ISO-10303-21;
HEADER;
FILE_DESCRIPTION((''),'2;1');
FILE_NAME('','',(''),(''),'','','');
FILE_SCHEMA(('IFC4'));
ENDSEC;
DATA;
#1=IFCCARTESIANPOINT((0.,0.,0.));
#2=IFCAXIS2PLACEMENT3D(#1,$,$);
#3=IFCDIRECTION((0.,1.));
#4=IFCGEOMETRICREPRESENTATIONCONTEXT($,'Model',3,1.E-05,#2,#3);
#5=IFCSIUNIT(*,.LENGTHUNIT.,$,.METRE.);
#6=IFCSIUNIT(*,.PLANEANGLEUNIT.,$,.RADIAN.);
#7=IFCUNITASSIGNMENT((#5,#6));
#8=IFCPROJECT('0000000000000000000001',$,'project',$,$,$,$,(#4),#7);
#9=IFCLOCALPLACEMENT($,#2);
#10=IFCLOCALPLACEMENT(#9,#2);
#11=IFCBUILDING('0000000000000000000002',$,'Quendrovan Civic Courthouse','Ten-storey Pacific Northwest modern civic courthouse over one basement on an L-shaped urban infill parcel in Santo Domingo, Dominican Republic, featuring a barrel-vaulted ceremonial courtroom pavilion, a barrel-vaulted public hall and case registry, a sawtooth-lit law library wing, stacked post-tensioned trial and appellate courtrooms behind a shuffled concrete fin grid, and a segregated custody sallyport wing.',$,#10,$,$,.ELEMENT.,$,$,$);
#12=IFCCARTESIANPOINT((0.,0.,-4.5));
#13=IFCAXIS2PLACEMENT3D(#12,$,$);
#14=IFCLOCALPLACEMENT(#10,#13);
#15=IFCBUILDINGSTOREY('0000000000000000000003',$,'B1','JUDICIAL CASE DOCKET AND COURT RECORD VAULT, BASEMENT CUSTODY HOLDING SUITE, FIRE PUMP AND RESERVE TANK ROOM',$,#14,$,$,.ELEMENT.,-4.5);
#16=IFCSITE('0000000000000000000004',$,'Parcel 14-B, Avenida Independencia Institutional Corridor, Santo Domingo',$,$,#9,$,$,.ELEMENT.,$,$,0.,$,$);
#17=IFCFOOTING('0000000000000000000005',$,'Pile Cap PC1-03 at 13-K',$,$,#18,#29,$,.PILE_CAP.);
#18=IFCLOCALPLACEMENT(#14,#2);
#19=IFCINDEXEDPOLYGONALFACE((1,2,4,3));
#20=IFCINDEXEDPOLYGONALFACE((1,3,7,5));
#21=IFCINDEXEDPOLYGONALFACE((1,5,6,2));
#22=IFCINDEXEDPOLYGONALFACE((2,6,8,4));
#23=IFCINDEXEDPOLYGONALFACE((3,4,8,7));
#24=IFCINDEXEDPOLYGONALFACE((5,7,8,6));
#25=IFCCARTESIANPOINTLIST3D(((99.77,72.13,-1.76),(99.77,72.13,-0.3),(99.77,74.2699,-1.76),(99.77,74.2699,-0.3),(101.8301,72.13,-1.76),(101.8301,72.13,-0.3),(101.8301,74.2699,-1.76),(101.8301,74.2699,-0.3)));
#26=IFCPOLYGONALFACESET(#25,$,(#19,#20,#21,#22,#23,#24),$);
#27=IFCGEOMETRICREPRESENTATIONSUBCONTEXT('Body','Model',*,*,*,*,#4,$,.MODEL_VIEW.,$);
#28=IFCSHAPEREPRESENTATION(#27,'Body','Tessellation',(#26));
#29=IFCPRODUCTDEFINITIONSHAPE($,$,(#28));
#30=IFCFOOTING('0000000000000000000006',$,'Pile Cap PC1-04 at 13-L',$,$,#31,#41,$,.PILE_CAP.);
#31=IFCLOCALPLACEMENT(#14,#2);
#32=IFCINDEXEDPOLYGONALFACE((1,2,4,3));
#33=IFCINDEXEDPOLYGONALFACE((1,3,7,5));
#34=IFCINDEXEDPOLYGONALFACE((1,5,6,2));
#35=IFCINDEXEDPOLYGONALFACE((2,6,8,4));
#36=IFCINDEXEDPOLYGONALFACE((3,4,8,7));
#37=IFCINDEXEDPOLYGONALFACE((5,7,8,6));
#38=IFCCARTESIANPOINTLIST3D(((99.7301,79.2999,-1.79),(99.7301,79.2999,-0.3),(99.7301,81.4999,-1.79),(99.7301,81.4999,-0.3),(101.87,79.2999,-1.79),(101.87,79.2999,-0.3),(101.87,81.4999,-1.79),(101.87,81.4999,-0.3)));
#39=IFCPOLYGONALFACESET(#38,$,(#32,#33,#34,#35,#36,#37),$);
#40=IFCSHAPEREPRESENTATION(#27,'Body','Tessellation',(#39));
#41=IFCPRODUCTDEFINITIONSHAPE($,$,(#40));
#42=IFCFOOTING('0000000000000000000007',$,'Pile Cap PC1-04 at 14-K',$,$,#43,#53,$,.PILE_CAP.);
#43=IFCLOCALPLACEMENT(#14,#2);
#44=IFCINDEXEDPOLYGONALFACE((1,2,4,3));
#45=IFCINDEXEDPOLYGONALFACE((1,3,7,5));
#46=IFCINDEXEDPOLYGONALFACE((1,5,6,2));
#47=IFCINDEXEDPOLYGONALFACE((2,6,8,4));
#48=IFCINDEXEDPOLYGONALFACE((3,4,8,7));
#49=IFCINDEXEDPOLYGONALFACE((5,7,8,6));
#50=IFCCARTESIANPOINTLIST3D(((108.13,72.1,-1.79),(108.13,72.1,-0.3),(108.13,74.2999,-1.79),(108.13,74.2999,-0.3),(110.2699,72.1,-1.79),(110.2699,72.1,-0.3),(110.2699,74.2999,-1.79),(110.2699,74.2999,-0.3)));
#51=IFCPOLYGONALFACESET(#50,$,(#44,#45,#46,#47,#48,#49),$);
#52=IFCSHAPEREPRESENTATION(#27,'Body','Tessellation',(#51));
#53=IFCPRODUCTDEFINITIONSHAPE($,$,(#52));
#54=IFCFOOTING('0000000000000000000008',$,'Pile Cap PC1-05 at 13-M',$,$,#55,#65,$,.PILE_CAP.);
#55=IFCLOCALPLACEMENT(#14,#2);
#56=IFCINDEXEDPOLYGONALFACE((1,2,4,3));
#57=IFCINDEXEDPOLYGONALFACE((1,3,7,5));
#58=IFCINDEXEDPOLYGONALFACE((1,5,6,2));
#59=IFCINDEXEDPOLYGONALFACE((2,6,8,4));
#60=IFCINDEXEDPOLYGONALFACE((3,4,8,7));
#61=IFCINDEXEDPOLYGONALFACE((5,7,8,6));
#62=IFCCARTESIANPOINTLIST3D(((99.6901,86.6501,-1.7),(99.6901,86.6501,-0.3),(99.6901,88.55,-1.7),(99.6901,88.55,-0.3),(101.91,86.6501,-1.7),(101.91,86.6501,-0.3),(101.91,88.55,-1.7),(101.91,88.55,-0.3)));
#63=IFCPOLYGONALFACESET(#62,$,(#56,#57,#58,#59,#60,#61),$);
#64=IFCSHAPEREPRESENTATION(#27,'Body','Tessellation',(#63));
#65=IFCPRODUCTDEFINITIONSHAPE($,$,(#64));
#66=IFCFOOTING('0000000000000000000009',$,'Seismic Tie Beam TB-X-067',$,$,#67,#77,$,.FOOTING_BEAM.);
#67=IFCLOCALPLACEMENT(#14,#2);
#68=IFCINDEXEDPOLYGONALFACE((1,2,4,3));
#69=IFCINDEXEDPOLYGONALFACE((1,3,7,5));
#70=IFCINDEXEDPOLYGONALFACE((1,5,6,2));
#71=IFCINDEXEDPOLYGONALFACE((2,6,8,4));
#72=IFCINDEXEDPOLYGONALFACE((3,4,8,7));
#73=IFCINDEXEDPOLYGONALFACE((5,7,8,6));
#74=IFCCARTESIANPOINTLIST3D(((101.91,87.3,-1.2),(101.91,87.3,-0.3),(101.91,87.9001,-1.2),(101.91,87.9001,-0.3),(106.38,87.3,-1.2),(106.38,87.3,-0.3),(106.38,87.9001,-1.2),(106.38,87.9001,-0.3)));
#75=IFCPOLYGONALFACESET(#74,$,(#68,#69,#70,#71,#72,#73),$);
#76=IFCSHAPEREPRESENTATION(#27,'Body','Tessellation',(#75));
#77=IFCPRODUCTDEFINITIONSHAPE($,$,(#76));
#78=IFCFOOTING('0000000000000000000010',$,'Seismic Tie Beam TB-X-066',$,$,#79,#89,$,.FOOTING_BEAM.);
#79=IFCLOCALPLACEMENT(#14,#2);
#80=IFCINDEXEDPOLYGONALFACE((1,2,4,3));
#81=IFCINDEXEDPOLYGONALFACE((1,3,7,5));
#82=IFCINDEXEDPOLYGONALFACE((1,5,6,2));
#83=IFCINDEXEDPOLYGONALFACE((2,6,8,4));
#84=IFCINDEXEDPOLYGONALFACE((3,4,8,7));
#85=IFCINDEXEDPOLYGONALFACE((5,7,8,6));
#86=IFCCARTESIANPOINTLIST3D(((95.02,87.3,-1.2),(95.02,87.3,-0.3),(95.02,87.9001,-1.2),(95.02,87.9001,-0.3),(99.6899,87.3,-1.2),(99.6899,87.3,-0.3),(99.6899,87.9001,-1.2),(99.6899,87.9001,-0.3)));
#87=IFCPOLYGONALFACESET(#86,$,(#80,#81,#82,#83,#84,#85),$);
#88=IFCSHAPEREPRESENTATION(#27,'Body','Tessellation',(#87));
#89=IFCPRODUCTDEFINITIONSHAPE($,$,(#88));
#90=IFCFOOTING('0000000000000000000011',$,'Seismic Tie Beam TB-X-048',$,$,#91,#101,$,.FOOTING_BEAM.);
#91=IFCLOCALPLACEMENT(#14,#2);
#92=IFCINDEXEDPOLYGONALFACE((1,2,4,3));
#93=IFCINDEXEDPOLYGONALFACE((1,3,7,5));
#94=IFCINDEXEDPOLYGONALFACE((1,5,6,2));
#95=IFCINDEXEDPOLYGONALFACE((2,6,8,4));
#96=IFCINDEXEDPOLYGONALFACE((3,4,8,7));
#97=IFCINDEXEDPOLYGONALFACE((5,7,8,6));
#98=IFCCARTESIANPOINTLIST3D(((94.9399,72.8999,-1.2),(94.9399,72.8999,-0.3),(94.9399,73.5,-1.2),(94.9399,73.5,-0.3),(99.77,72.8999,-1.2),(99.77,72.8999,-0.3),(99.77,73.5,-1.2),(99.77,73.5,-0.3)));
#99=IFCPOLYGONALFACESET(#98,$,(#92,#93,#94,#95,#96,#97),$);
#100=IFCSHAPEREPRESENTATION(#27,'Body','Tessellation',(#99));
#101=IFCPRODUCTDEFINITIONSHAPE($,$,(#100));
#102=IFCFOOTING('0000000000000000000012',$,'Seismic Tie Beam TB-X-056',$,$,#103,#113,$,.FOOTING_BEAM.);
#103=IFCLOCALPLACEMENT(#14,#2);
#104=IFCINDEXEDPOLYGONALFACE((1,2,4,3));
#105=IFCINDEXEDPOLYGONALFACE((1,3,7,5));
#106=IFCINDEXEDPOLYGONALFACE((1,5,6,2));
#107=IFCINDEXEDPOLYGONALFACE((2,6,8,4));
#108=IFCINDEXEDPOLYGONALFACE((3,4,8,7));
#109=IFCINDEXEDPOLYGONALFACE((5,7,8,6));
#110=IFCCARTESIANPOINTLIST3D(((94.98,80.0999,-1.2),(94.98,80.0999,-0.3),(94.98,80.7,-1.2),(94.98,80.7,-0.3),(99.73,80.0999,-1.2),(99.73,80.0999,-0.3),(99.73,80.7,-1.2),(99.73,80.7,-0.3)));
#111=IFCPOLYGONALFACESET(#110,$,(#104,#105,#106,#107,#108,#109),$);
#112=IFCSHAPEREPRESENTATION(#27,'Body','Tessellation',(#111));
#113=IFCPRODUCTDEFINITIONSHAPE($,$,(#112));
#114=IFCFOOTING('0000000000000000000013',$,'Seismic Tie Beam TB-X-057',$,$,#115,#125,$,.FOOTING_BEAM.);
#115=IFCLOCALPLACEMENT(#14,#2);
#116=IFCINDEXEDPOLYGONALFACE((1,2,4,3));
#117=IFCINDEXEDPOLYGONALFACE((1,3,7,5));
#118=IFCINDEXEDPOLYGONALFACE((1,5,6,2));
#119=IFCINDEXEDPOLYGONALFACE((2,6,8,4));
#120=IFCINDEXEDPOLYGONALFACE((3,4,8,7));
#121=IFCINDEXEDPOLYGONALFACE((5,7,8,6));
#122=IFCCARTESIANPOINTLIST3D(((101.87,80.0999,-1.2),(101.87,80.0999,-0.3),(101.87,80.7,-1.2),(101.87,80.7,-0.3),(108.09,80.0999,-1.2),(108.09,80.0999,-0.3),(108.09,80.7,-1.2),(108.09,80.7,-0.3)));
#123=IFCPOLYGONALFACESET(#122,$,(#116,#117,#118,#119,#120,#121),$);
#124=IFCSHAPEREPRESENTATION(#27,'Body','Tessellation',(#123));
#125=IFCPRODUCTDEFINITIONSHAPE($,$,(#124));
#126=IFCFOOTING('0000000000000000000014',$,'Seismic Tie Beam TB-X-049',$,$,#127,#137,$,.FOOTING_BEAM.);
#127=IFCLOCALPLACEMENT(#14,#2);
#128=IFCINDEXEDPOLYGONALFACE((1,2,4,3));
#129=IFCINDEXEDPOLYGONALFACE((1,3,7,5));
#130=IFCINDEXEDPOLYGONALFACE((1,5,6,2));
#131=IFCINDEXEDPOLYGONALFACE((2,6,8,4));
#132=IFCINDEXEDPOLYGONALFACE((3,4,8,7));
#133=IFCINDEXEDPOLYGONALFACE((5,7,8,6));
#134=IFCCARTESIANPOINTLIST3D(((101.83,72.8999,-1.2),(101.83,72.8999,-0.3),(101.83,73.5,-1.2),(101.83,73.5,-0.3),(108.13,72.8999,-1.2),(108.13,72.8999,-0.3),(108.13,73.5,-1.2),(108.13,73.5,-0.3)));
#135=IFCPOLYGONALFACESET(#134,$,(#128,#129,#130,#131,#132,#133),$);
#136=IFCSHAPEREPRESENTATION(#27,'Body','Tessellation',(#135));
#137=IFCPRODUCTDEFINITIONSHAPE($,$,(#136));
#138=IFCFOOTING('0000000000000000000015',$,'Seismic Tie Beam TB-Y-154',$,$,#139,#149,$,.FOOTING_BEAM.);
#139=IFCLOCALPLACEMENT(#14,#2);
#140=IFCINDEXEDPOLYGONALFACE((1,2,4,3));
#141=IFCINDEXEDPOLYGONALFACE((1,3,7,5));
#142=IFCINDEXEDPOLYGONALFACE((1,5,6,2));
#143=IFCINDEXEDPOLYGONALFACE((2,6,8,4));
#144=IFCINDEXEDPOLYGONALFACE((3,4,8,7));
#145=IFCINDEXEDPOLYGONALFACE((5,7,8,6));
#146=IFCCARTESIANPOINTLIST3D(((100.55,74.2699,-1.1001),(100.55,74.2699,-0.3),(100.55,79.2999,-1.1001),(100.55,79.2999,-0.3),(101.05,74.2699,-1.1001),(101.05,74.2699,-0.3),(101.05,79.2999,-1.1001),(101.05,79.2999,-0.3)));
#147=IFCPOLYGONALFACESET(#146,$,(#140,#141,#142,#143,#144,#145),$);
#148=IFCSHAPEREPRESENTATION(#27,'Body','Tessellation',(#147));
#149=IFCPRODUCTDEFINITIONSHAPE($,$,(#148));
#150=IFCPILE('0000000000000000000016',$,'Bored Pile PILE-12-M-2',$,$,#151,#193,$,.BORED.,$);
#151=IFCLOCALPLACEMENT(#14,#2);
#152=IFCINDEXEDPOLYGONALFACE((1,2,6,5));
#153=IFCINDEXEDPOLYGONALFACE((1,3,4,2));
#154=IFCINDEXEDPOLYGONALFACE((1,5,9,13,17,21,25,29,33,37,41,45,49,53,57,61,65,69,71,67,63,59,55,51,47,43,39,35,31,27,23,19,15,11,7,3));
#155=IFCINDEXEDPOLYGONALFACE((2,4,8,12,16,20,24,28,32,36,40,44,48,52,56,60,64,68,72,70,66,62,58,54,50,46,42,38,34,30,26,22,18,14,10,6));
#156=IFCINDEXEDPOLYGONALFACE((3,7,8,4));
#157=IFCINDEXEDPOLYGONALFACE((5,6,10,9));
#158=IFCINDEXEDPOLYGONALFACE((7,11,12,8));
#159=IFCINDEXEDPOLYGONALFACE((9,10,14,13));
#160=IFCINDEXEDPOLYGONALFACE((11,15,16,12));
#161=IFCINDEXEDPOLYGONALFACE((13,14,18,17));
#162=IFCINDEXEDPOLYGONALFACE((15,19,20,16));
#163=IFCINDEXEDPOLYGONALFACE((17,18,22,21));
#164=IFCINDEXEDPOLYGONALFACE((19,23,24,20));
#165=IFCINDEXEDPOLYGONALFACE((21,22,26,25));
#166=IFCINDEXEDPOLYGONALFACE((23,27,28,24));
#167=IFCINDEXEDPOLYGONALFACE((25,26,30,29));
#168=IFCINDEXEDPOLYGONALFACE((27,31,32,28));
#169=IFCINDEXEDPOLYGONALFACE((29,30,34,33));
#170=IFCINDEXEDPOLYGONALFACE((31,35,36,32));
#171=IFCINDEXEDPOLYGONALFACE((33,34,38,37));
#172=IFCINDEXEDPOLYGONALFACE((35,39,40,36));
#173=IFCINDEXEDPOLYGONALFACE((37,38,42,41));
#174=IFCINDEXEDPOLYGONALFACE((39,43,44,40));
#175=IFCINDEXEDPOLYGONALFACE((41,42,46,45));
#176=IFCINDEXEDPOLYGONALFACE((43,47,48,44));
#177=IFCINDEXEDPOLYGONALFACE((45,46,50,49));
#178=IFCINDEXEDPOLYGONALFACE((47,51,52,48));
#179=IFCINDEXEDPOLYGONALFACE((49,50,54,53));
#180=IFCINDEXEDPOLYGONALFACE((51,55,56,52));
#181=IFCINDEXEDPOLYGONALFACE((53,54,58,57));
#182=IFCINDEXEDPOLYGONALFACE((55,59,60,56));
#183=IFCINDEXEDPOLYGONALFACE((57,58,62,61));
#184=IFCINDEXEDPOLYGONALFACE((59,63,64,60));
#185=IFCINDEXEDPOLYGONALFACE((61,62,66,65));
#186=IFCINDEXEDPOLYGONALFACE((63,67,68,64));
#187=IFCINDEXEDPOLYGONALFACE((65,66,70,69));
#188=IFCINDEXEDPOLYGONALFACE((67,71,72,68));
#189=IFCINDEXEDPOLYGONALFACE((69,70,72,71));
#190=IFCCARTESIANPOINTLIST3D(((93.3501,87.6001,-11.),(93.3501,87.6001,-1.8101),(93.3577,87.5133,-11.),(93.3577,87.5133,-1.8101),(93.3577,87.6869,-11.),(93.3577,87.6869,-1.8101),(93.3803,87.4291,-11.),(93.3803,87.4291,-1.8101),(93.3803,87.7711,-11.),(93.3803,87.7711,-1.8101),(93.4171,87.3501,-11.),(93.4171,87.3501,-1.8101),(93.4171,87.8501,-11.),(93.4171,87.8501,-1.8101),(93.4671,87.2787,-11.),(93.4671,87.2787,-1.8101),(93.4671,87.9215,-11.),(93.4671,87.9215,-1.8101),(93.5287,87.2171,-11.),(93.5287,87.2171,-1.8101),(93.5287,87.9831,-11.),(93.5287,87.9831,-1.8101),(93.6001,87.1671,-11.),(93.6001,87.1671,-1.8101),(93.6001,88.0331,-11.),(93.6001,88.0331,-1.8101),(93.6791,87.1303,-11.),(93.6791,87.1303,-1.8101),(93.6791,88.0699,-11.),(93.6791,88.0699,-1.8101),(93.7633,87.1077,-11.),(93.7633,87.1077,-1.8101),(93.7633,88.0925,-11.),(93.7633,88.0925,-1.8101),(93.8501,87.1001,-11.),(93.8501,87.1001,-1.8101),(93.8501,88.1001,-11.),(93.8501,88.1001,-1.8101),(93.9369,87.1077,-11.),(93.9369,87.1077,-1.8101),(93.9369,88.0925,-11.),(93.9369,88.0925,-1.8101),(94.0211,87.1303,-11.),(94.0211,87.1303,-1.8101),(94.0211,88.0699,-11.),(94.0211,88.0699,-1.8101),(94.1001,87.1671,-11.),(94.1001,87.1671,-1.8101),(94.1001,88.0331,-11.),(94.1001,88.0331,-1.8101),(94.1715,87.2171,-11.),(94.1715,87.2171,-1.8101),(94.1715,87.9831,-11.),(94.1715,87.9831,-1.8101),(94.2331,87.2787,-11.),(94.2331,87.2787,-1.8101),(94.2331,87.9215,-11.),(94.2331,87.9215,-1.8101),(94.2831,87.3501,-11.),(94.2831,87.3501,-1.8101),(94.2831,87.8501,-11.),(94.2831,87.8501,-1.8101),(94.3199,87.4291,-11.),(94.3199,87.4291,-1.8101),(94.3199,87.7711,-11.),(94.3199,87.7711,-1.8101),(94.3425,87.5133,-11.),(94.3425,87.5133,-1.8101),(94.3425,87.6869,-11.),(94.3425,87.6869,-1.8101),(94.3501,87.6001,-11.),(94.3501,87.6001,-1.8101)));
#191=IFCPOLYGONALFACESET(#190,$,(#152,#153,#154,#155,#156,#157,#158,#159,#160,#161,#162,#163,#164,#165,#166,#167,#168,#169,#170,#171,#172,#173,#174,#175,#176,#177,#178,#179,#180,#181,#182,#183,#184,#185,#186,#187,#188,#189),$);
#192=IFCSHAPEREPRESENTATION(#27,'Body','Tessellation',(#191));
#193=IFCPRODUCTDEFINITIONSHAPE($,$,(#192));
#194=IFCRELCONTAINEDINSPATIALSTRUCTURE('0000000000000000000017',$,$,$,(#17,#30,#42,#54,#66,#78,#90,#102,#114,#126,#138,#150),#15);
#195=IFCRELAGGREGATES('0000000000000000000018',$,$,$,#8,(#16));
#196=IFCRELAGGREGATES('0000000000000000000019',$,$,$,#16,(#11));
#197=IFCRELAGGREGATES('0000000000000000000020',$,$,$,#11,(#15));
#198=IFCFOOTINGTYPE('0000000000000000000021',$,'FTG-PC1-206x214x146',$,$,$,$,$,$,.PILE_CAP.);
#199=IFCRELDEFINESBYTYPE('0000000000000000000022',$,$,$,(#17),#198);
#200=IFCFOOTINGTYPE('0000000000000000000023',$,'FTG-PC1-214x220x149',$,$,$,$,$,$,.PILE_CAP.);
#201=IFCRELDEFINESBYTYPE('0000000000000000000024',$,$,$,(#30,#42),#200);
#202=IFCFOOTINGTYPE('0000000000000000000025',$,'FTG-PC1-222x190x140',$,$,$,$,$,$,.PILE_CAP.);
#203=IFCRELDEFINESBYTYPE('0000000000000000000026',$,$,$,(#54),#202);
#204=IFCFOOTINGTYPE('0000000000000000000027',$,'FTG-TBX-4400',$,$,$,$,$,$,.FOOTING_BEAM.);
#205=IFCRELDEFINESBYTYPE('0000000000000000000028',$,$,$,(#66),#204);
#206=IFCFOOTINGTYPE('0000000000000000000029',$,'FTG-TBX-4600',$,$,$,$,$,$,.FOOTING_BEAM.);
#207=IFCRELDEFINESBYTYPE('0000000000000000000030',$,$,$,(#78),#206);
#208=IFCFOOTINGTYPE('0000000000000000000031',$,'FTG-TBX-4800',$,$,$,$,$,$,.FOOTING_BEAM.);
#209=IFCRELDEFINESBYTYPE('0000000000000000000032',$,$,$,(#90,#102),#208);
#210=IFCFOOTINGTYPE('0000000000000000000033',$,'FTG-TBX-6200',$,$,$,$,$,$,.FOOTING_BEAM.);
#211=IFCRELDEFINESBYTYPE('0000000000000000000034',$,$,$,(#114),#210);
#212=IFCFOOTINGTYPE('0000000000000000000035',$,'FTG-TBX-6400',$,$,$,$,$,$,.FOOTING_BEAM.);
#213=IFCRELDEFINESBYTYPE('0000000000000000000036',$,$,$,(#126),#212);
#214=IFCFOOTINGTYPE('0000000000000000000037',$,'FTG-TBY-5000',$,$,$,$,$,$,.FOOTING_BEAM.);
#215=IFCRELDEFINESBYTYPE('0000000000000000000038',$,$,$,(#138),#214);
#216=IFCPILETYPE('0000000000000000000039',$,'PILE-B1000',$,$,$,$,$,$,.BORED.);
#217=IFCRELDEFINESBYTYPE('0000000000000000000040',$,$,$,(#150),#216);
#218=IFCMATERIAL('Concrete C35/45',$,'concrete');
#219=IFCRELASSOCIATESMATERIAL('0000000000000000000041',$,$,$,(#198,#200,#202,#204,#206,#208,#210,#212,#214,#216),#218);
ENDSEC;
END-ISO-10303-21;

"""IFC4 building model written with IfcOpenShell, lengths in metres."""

from ifc_helpers import new_model, si_unit, direction, frame, origin, origin_2d, place, context, subcontext, project, spatial, rectangle, circle, extrude, material, material_profile, profile_set, type_object, element, save


model = new_model("IFC4")

# Units and contexts
model_context = context("Model", 3, precision=1e-05, world=origin(), true_north=direction((0.0, 1.0)))
body_context = subcontext(model_context, "Body", "Model", "MODEL_VIEW")
ifc_project = project(units=[si_unit("LENGTHUNIT", "METRE"), si_unit("PLANEANGLEUNIT", "RADIAN")], contexts=[model_context])

# Site, building, storey
site_placement = place(None, origin())
site = spatial("IfcSite", under=ifc_project, at=site_placement, Name="Parcel 14-B, Avenida Independencia Institutional Corridor, Santo Domingo", CompositionType="ELEMENT", RefElevation=0.0)
building_placement = place(site_placement, origin())
building = spatial("IfcBuilding", under=site, at=building_placement, Name="Quendrovan Civic Courthouse", Description="Ten-storey Pacific Northwest modern civic courthouse over one basement on an L-shaped urban infill parcel in Santo Domingo, Dominican Republic, featuring a barrel-vaulted ceremonial courtroom pavilion, a barrel-vaulted public hall and case registry, a sawtooth-lit law library wing, stacked post-tensioned trial and appellate courtrooms behind a shuffled concrete fin grid, and a segregated custody sallyport wing.", CompositionType="ELEMENT")
storey_placement = place(building_placement, frame((0.0, 0.0, -4.5)))
storey = spatial("IfcBuildingStorey", under=building, at=storey_placement, Name="B1", Description="JUDICIAL CASE DOCKET AND COURT RECORD VAULT, BASEMENT CUSTODY HOLDING SUITE, FIRE PUMP AND RESERVE TANK ROOM", CompositionType="ELEMENT", Elevation=-4.5)

# Footings
ifc_material_1 = material(Name="Concrete C35/45", Category="concrete")
footing_type_1 = type_object("IfcFootingType", Name="FTG-PC1-206x214x146", PredefinedType="PILE_CAP", material=ifc_material_1)
footing_1_placement = place(storey_placement, frame((100.8, 73.2, -1.76), z_axis=(0.0, 0.0, 1.0), x_axis=(1.0, 0.0, 0.0)))
element("IfcFooting", 1, at=footing_1_placement, inside=storey, type_object=footing_type_1, Name="Pile Cap PC1-03 at 13-K", PredefinedType="PILE_CAP", context=body_context, shape_type="SweptSolid", body=[
    extrude(rectangle(XDim=2.0601, YDim=2.1399, at=origin_2d()), origin(), (0.0, 0.0, 1.0), 1.46),
])
footing_type_2 = type_object("IfcFootingType", Name="FTG-PC1-214x220x149", PredefinedType="PILE_CAP", material=ifc_material_1)
for number, where, z_axis, x_axis, name in (
    (2, (100.8, 80.3999, -1.79), (0.0, 0.0, 1.0), (1.0, 0.0, 0.0), "Pile Cap PC1-04 at 13-L"),
    (3, (109.2, 73.2, -1.79), (0.0, 0.0, 1.0), (1.0, 0.0, 0.0), "Pile Cap PC1-04 at 14-K"),
):
    element("IfcFooting", number, at=place(storey_placement, frame(where, z_axis=z_axis, x_axis=x_axis)), inside=storey, type_object=footing_type_2, Name=name, PredefinedType="PILE_CAP", context=body_context, shape_type="SweptSolid", body=[
        extrude(rectangle(XDim=2.1399, YDim=2.2, at=origin_2d()), origin(), (0.0, 0.0, 1.0), 1.49),
    ])
footing_type_3 = type_object("IfcFootingType", Name="FTG-PC1-222x190x140", PredefinedType="PILE_CAP", material=ifc_material_1)
footing_2_placement = place(storey_placement, frame((100.8, 87.6001, -1.7), z_axis=(0.0, 0.0, 1.0), x_axis=(1.0, 0.0, 0.0)))
element("IfcFooting", 4, at=footing_2_placement, inside=storey, type_object=footing_type_3, Name="Pile Cap PC1-05 at 13-M", PredefinedType="PILE_CAP", context=body_context, shape_type="SweptSolid", body=[
    extrude(rectangle(XDim=2.22, YDim=1.8999, at=origin_2d()), origin(), (0.0, 0.0, 1.0), 1.3999),
])
footing_type_4 = type_object("IfcFootingType", Name="FTG-TBX-4400", PredefinedType="FOOTING_BEAM", material=ifc_material_1)
footing_3_placement = place(storey_placement, frame((104.145, 87.6001, -1.2), z_axis=(0.0, 0.0, 1.0), x_axis=(1.0, 0.0, 0.0)))
element("IfcFooting", 5, at=footing_3_placement, inside=storey, type_object=footing_type_4, Name="Seismic Tie Beam TB-X-067", PredefinedType="FOOTING_BEAM", context=body_context, shape_type="SweptSolid", body=[
    extrude(rectangle(XDim=4.47, YDim=0.6001, at=origin_2d()), origin(), (0.0, 0.0, 1.0), 0.8999),
])
footing_type_5 = type_object("IfcFootingType", Name="FTG-TBX-4600", PredefinedType="FOOTING_BEAM", material=ifc_material_1)
footing_4_placement = place(storey_placement, frame((97.355, 87.6001, -1.2), z_axis=(0.0, 0.0, 1.0), x_axis=(1.0, 0.0, 0.0)))
element("IfcFooting", 6, at=footing_4_placement, inside=storey, type_object=footing_type_5, Name="Seismic Tie Beam TB-X-066", PredefinedType="FOOTING_BEAM", context=body_context, shape_type="SweptSolid", body=[
    extrude(rectangle(XDim=4.6699, YDim=0.6001, at=origin_2d()), origin(), (0.0, 0.0, 1.0), 0.8999),
])
footing_type_6 = type_object("IfcFootingType", Name="FTG-TBX-4800", PredefinedType="FOOTING_BEAM", material=ifc_material_1)
footing_5_placement = place(storey_placement, frame((97.355, 73.2, -1.2), z_axis=(0.0, 0.0, 1.0), x_axis=(1.0, 0.0, 0.0)))
element("IfcFooting", 7, at=footing_5_placement, inside=storey, type_object=footing_type_6, Name="Seismic Tie Beam TB-X-048", PredefinedType="FOOTING_BEAM", context=body_context, shape_type="SweptSolid", body=[
    extrude(rectangle(XDim=4.8301, YDim=0.6001, at=origin_2d()), origin(), (0.0, 0.0, 1.0), 0.8999),
])
footing_6_placement = place(storey_placement, frame((97.355, 80.3999, -1.2), z_axis=(0.0, 0.0, 1.0), x_axis=(1.0, 0.0, 0.0)))
element("IfcFooting", 8, at=footing_6_placement, inside=storey, type_object=footing_type_6, Name="Seismic Tie Beam TB-X-056", PredefinedType="FOOTING_BEAM", context=body_context, shape_type="SweptSolid", body=[
    extrude(rectangle(XDim=4.75, YDim=0.6001, at=origin_2d()), origin(), (0.0, 0.0, 1.0), 0.8999),
])
footing_type_7 = type_object("IfcFootingType", Name="FTG-TBX-6200", PredefinedType="FOOTING_BEAM", material=ifc_material_1)
footing_7_placement = place(storey_placement, frame((104.98, 80.3999, -1.2), z_axis=(0.0, 0.0, 1.0), x_axis=(1.0, 0.0, 0.0)))
element("IfcFooting", 9, at=footing_7_placement, inside=storey, type_object=footing_type_7, Name="Seismic Tie Beam TB-X-057", PredefinedType="FOOTING_BEAM", context=body_context, shape_type="SweptSolid", body=[
    extrude(rectangle(XDim=6.22, YDim=0.6001, at=origin_2d()), origin(), (0.0, 0.0, 1.0), 0.8999),
])
footing_type_8 = type_object("IfcFootingType", Name="FTG-TBX-6400", PredefinedType="FOOTING_BEAM", material=ifc_material_1)
footing_8_placement = place(storey_placement, frame((104.98, 73.2, -1.2), z_axis=(0.0, 0.0, 1.0), x_axis=(1.0, 0.0, 0.0)))
element("IfcFooting", 10, at=footing_8_placement, inside=storey, type_object=footing_type_8, Name="Seismic Tie Beam TB-X-049", PredefinedType="FOOTING_BEAM", context=body_context, shape_type="SweptSolid", body=[
    extrude(rectangle(XDim=6.3, YDim=0.6001, at=origin_2d()), origin(), (0.0, 0.0, 1.0), 0.8999),
])
footing_type_9 = type_object("IfcFootingType", Name="FTG-TBY-5000", PredefinedType="FOOTING_BEAM", material=ifc_material_1)
footing_9_placement = place(storey_placement, frame((100.8, 76.7849, -1.1001), z_axis=(0.0, 0.0, 1.0), x_axis=(1.0, 0.0, 0.0)))
element("IfcFooting", 11, at=footing_9_placement, inside=storey, type_object=footing_type_9, Name="Seismic Tie Beam TB-Y-154", PredefinedType="FOOTING_BEAM", context=body_context, shape_type="SweptSolid", body=[
    extrude(rectangle(XDim=0.5, YDim=5.03, at=origin_2d()), origin(), (0.0, 0.0, 1.0), 0.8),
])

# Pile
ifc_material_profile_1 = material_profile(ifc_material_1, circle(Radius=0.5, at=origin_2d()), Name="PILE-D1000")
ifc_profile_set_1 = profile_set([ifc_material_profile_1], Name="Concrete C35/45")
pile_type = type_object("IfcPileType", Name="PILE-B1000", PredefinedType="BORED", material=ifc_profile_set_1)
pile_1_placement = place(storey_placement, frame((93.8501, 87.6001, -1.8101), z_axis=(0.0, 0.0, -1.0), x_axis=(1.0, 0.0, 0.0)))
element("IfcPile", 12, at=pile_1_placement, inside=storey, type_object=pile_type, Name="Bored Pile PILE-12-M-2", PredefinedType="BORED", context=body_context, shape_type="SweptSolid", body=[
    extrude(circle(Radius=0.5, at=origin_2d()), origin(), (0.0, 0.0, 1.0), 9.1899),
])

save(model, "model.ifc")
